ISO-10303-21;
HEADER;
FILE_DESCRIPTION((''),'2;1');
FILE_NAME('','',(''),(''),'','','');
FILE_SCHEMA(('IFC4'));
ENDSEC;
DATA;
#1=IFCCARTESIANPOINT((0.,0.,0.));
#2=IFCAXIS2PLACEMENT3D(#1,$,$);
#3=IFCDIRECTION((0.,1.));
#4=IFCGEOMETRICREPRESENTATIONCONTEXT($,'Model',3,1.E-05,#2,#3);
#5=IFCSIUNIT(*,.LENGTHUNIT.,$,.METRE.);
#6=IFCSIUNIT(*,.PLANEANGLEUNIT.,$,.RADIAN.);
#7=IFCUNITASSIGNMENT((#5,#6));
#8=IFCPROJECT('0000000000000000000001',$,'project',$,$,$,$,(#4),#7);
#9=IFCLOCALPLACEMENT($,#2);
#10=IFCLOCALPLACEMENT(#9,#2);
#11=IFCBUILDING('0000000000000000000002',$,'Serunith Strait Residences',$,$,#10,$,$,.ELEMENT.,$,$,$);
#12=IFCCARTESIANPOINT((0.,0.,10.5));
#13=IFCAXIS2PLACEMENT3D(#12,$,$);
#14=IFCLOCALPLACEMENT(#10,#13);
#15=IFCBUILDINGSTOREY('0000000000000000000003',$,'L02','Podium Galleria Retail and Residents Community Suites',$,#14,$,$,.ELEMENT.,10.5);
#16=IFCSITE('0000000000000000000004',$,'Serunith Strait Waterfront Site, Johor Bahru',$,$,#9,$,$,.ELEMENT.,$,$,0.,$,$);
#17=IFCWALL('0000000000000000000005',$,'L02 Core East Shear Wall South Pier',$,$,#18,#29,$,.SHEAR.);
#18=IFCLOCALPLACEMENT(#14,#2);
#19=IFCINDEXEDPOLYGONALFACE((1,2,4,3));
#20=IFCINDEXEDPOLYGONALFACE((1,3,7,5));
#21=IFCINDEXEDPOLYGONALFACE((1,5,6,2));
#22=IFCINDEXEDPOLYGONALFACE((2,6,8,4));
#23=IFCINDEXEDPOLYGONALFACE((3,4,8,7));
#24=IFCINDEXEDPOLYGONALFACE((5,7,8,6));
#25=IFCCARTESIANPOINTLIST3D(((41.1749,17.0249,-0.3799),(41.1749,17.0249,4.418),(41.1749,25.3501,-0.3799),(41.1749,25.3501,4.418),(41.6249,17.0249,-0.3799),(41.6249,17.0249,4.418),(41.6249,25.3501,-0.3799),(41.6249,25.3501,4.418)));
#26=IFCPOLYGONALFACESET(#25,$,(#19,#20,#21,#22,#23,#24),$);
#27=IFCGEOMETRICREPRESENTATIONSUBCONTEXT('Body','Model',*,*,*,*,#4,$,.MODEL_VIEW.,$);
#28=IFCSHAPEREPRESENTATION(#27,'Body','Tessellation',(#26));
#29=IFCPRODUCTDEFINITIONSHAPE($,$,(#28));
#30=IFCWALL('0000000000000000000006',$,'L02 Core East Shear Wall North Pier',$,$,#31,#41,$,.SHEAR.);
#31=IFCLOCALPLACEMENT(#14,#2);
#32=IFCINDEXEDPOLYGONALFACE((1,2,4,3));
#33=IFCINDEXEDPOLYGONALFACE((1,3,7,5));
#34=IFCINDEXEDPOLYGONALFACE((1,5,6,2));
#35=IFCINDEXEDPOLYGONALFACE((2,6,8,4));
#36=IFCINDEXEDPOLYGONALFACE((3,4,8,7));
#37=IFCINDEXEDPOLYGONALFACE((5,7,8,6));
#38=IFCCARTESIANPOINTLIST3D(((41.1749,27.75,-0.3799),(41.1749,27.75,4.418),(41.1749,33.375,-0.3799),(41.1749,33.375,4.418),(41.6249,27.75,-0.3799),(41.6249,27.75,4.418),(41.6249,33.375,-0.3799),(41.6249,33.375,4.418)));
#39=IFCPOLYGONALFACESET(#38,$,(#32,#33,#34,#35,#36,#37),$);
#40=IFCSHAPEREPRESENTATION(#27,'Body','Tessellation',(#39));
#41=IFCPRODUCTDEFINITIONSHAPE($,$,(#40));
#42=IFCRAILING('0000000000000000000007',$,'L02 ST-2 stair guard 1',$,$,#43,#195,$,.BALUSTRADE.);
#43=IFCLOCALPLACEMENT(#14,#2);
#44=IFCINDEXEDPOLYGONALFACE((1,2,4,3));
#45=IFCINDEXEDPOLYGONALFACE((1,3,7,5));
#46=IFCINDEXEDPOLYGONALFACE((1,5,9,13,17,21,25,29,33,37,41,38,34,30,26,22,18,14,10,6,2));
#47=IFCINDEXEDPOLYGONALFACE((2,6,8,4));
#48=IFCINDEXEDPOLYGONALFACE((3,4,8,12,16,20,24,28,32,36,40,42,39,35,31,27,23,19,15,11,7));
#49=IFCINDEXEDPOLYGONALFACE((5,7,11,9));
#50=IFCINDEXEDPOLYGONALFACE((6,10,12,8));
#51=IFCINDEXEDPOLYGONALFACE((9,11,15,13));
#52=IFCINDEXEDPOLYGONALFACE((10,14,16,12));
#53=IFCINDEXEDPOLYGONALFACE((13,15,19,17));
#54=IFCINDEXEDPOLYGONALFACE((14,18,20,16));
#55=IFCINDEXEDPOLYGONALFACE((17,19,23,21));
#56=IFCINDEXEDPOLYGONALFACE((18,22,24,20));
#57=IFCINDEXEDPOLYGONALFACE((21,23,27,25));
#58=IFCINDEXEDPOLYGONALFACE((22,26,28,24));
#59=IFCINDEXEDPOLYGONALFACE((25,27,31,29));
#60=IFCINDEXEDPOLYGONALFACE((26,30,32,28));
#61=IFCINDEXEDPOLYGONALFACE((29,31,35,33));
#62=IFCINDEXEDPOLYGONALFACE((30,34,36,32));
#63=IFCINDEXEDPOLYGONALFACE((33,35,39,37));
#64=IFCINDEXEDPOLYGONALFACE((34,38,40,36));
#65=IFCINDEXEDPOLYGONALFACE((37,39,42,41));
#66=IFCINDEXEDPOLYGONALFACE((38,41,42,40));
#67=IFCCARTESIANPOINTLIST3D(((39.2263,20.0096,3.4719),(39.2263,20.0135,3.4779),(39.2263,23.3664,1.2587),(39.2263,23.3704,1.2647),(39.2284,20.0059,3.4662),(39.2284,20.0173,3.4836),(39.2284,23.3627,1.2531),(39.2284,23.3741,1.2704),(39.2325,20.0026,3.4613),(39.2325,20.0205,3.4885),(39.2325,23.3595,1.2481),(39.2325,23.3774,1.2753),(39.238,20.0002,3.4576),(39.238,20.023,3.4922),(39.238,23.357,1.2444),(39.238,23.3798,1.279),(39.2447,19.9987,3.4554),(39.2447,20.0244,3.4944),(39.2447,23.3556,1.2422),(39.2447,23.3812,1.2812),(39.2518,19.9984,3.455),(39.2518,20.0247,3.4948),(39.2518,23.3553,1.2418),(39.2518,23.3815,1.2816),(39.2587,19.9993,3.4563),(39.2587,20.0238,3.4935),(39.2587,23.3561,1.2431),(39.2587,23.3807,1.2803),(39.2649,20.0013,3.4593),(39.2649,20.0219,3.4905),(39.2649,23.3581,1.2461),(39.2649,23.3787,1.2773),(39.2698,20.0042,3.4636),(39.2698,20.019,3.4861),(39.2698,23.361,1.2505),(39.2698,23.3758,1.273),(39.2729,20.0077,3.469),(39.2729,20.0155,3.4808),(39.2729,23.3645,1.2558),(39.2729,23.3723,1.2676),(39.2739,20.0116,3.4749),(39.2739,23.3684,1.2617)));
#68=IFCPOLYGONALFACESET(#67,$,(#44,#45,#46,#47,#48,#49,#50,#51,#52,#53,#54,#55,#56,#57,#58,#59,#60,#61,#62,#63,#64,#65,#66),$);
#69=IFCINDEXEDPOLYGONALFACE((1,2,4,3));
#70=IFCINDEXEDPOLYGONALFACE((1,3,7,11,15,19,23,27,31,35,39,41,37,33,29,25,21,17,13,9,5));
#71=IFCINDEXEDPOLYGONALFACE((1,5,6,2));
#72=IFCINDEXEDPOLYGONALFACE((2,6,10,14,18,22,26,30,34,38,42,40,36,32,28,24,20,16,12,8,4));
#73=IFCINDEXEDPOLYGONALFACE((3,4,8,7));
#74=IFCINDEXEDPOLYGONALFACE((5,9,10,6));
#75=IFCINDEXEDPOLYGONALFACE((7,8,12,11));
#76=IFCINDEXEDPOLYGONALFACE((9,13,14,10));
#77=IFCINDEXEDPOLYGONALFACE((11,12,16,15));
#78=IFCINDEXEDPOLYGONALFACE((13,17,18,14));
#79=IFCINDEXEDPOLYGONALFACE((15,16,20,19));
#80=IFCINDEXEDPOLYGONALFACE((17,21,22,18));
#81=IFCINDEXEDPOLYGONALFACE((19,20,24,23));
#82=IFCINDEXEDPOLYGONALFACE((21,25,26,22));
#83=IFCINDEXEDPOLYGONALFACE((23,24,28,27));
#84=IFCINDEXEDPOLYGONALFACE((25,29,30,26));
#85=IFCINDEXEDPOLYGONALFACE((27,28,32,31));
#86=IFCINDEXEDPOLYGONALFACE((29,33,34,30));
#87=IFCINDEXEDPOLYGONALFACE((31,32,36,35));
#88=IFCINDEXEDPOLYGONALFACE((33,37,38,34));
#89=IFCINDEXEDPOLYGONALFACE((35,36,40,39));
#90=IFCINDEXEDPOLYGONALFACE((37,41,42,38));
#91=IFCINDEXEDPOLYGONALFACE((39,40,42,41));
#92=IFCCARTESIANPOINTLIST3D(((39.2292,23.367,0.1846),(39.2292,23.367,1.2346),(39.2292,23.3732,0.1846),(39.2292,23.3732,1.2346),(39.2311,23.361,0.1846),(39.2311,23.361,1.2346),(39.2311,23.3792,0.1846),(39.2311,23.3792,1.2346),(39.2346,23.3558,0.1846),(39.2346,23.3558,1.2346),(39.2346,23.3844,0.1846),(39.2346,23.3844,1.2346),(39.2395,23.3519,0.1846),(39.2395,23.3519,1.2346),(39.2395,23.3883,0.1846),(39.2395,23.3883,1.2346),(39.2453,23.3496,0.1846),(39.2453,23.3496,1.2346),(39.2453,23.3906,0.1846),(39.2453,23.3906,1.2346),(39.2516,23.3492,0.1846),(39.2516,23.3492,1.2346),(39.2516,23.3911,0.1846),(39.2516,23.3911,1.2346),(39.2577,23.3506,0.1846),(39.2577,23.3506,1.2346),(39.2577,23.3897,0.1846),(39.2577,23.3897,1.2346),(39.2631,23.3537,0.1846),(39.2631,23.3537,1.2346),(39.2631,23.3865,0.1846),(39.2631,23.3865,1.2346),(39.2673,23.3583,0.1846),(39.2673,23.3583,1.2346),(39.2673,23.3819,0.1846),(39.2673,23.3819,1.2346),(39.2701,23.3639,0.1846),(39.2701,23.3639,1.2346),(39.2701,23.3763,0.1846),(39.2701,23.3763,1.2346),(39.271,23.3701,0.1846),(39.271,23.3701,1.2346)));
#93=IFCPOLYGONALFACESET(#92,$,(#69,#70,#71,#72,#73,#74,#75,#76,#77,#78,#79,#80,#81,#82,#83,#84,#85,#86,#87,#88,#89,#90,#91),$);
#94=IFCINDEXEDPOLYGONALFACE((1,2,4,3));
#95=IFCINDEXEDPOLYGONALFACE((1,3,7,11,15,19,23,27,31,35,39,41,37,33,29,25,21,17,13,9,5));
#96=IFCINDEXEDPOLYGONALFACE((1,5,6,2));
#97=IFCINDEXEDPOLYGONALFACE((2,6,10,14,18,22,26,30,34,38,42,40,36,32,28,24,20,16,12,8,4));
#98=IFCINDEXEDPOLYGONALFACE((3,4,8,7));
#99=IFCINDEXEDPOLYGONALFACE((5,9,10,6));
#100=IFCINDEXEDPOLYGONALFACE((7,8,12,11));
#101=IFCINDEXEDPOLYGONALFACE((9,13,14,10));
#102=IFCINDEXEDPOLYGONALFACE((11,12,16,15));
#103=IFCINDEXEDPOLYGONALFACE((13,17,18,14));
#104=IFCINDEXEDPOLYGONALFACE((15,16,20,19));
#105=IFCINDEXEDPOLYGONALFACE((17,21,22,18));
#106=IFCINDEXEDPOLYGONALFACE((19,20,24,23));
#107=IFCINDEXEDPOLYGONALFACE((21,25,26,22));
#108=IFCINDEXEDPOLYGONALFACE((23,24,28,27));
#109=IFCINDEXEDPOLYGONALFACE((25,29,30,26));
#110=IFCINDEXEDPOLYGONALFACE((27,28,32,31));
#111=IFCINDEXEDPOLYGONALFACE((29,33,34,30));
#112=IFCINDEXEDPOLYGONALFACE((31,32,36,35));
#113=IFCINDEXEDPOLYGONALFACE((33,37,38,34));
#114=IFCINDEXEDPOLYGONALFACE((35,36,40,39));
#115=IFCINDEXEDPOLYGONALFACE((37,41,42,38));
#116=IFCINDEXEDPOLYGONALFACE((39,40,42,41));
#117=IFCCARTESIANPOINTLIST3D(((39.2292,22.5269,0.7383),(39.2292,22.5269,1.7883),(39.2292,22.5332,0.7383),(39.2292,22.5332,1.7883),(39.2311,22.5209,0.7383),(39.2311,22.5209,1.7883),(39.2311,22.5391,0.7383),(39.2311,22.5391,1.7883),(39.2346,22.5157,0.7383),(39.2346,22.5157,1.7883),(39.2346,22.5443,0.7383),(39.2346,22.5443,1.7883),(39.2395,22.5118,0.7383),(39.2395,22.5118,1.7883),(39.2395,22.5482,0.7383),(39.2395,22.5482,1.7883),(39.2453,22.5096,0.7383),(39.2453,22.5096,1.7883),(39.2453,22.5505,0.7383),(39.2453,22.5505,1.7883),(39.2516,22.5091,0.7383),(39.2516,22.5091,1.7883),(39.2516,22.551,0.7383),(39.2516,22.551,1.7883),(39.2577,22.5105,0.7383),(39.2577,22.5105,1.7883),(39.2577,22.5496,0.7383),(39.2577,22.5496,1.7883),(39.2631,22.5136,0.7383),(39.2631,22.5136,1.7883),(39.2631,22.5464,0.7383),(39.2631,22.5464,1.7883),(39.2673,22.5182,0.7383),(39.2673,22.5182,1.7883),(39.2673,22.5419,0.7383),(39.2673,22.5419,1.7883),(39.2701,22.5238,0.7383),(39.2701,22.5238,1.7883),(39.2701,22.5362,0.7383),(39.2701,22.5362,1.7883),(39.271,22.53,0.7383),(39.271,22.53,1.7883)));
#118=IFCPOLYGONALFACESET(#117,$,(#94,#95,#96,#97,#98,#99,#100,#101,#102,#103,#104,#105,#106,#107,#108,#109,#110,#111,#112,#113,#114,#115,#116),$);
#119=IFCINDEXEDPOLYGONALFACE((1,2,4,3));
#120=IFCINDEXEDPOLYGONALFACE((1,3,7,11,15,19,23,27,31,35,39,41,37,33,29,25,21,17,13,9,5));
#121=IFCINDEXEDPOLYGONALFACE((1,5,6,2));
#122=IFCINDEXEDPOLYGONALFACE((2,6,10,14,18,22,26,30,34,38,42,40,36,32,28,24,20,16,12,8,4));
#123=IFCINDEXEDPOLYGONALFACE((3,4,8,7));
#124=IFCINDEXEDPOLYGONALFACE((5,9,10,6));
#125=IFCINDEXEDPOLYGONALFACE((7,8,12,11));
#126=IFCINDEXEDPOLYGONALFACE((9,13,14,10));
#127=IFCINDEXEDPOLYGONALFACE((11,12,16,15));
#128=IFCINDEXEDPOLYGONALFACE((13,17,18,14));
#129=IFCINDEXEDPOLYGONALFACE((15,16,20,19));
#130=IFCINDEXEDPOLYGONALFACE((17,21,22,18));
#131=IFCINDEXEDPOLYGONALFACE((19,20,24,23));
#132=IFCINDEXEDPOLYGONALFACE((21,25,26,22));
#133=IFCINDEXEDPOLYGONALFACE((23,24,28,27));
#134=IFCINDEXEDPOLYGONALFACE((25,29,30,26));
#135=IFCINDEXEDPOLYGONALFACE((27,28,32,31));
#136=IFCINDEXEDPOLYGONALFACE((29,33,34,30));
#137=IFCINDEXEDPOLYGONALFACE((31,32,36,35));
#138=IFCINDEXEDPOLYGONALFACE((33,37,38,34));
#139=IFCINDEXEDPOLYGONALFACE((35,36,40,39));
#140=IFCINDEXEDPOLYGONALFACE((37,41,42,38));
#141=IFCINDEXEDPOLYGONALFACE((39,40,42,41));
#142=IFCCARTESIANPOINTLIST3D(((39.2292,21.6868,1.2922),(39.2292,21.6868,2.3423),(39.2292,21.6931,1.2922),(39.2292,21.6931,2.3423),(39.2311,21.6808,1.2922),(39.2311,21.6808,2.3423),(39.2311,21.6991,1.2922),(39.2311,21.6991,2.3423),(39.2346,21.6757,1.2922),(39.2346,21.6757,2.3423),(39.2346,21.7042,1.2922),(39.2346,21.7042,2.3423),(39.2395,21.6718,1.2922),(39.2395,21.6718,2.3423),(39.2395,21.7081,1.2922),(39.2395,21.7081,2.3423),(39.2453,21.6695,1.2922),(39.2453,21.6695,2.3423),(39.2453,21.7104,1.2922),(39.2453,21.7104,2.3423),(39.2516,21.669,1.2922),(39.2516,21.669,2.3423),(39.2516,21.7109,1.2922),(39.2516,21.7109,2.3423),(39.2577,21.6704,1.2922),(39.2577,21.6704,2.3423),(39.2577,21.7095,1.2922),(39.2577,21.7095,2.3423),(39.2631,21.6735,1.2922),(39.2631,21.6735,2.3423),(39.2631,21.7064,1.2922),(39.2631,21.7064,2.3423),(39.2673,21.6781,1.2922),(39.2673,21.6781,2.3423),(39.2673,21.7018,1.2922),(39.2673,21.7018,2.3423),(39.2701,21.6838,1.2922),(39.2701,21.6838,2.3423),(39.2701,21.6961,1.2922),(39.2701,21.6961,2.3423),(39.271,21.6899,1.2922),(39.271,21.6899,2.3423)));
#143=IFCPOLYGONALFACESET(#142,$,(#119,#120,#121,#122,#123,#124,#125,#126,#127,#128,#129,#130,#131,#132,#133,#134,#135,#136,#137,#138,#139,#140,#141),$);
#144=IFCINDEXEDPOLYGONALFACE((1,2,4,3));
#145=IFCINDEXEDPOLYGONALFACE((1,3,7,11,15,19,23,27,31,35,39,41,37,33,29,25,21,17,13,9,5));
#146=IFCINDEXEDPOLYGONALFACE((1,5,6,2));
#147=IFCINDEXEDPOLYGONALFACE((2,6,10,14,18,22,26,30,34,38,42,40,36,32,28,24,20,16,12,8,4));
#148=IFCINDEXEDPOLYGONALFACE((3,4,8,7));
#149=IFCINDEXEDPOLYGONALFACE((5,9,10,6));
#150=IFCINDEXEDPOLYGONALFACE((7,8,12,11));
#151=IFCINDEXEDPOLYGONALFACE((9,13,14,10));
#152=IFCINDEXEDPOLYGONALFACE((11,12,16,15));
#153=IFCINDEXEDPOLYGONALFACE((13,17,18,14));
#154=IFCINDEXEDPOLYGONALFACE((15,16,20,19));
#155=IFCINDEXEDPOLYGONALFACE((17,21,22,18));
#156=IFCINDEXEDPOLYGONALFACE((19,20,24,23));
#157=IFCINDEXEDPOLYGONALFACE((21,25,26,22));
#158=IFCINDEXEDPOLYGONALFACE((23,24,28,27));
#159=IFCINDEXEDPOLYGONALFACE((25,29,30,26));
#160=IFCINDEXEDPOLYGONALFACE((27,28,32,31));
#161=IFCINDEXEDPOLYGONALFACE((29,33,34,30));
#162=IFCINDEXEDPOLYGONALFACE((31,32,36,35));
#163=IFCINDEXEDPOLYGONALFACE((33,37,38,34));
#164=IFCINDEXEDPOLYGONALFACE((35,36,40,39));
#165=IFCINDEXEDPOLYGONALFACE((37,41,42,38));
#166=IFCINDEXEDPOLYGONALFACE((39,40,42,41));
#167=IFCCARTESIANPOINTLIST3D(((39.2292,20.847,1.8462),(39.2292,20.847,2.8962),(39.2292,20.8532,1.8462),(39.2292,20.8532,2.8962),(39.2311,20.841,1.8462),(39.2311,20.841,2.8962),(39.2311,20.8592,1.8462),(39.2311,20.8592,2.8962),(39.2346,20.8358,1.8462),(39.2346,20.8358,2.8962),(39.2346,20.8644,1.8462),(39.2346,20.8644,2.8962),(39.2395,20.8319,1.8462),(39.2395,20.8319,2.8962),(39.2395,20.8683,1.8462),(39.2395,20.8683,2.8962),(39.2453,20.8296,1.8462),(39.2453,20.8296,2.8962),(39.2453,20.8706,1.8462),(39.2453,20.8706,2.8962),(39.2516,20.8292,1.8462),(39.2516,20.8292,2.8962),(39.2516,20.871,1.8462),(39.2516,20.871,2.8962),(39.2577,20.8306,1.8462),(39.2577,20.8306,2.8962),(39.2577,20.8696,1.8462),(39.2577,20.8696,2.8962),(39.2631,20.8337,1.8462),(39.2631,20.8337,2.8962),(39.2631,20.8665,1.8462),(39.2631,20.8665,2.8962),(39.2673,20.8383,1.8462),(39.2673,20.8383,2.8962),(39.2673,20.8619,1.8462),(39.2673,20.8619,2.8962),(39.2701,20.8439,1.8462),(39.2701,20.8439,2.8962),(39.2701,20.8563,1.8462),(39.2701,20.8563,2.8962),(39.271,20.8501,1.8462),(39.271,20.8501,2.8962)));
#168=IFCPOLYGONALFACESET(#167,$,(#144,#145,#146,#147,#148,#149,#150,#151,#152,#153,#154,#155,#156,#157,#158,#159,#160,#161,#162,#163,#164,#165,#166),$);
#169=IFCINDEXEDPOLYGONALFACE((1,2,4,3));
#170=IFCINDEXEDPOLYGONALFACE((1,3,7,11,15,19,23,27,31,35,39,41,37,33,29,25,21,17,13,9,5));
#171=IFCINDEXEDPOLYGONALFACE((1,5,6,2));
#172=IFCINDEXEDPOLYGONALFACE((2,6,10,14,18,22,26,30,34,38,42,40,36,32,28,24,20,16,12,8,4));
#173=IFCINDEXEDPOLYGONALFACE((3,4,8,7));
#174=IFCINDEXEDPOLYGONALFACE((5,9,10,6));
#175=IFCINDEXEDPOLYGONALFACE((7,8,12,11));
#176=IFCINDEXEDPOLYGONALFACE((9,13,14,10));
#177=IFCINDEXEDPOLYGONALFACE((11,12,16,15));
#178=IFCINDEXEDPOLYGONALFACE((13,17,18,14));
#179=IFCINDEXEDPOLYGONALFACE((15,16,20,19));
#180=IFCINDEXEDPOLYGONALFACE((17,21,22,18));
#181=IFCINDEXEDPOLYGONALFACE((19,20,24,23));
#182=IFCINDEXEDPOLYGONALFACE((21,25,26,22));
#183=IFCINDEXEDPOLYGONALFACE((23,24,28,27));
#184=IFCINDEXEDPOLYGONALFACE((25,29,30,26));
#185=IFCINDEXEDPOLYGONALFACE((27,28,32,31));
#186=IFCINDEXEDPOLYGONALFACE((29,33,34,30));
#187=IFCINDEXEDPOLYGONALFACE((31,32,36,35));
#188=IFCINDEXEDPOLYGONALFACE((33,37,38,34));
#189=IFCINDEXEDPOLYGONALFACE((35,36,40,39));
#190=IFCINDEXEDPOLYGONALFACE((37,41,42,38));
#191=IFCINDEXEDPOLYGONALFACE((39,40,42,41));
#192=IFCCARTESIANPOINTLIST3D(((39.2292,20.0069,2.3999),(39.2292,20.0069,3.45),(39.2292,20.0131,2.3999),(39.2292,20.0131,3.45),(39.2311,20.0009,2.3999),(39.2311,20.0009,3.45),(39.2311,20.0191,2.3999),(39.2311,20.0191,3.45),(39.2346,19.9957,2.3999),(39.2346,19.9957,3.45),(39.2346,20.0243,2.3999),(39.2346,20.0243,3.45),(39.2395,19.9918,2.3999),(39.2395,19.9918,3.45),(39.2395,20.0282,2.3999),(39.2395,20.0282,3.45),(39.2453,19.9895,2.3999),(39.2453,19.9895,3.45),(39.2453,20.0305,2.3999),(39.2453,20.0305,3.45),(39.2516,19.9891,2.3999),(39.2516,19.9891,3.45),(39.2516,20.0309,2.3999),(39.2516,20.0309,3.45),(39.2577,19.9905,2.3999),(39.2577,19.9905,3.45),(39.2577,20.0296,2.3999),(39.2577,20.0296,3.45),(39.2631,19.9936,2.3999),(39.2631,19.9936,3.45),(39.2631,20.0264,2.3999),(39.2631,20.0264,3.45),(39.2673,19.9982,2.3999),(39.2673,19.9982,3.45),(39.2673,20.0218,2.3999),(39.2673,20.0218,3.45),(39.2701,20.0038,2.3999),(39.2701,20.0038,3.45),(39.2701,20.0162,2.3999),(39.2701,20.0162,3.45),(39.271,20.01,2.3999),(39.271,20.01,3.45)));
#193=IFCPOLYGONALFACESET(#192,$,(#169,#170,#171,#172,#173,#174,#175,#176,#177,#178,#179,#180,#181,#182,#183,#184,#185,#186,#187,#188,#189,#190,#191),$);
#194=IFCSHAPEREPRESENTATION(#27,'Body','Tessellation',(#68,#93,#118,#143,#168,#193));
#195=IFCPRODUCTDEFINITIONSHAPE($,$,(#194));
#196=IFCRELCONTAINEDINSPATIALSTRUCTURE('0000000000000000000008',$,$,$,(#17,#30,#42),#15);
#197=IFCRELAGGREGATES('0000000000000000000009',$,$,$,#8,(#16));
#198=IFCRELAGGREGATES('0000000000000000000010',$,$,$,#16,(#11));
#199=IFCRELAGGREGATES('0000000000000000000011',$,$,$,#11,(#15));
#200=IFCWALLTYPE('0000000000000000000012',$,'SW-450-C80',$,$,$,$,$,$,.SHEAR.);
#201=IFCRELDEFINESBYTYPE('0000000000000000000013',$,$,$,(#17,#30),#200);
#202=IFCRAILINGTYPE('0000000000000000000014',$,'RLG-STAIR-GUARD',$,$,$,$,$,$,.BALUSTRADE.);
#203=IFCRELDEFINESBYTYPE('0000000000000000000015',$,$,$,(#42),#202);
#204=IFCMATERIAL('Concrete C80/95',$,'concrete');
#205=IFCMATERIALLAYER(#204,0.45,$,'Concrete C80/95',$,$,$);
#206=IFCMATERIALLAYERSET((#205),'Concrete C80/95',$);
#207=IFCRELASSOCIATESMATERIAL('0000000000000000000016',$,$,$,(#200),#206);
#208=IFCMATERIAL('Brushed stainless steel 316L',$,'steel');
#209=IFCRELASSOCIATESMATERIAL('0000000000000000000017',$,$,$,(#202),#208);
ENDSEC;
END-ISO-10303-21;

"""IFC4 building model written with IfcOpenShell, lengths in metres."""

from ifc_helpers import new_model, si_unit, direction, frame, frame_2d, origin, origin_2d, place, context, subcontext, project, spatial, rectangle, circle, extrude, material, layer, layer_set, type_object, element, save


model = new_model("IFC4")

# Units and contexts
model_context = context("Model", 3, precision=1e-05, world=origin(), true_north=direction((0.0, 1.0)))
body_context = subcontext(model_context, "Body", "Model", "MODEL_VIEW")
ifc_project = project(units=[si_unit("LENGTHUNIT", "METRE"), si_unit("PLANEANGLEUNIT", "RADIAN")], contexts=[model_context])

# Site, building, storey
site_placement = place(None, origin())
site = spatial("IfcSite", under=ifc_project, at=site_placement, Name="Serunith Strait Waterfront Site, Johor Bahru", CompositionType="ELEMENT", RefElevation=0.0)
building_placement = place(site_placement, origin())
building = spatial("IfcBuilding", under=site, at=building_placement, Name="Serunith Strait Residences", CompositionType="ELEMENT")
storey_placement = place(building_placement, frame((0.0, 0.0, 10.5)))
storey = spatial("IfcBuildingStorey", under=building, at=storey_placement, Name="L02", Description="Podium Galleria Retail and Residents Community Suites", CompositionType="ELEMENT", Elevation=10.5)

# Walls
ifc_material_1 = material(Name="Concrete C80/95", Category="concrete")
ifc_layer_1 = layer(ifc_material_1, 0.45, Name="Concrete C80/95")
ifc_layer_set_1 = layer_set([ifc_layer_1], Name="Concrete C80/95")
wall_type_1 = type_object("IfcWallType", Name="SW-450-C80", PredefinedType="SHEAR", material=ifc_layer_set_1)
wall_1_placement = place(storey_placement, frame((41.3999, 17.0249, -0.3799), z_axis=(0.0, 0.0, 1.0), x_axis=(0.0, 1.0, 0.0)))
element("IfcWall", 1, at=wall_1_placement, inside=storey, type_object=wall_type_1, Name="L02 Core East Shear Wall South Pier", PredefinedType="SHEAR", context=body_context, shape_type="SweptSolid", body=[
    extrude(rectangle(XDim=8.3252, YDim=0.45, at=frame_2d((4.1626, 0.0))), origin(), (0.0, 0.0, 1.0), 4.7979),
])
wall_2_placement = place(storey_placement, frame((41.3999, 27.75, -0.3799), z_axis=(0.0, 0.0, 1.0), x_axis=(0.0, 1.0, 0.0)))
element("IfcWall", 2, at=wall_2_placement, inside=storey, type_object=wall_type_1, Name="L02 Core East Shear Wall North Pier", PredefinedType="SHEAR", context=body_context, shape_type="SweptSolid", body=[
    extrude(rectangle(XDim=5.625, YDim=0.45, at=frame_2d((2.8125, 0.0))), origin(), (0.0, 0.0, 1.0), 4.7979),
])

# Railing
ifc_material_2 = material(Name="Brushed stainless steel 316L", Category="steel")
railing_type_1 = type_object("IfcRailingType", Name="RLG-STAIR-GUARD", PredefinedType="BALUSTRADE", material=ifc_material_2)
railing_1_placement = place(storey_placement, frame((39.25, 23.3701, 0.1846)))
element("IfcRailing", 3, at=railing_1_placement, inside=storey, type_object=railing_type_1, Name="L02 ST-2 stair guard 1", PredefinedType="BALUSTRADE", context=body_context, shape_type="SweptSolid", body=[
    extrude(circle(Radius=0.0239, at=origin_2d()), frame((0.0, -0.0017, 1.0771), z_axis=(0.0, -0.834876, 0.550437), x_axis=(1.0, 0.0, 0.0)), (0.0, 0.0, 1.0), 4.0208),
    extrude(circle(Radius=0.021, at=origin_2d()), origin(), (0.0, 0.0, 1.0), 1.05),
    extrude(circle(Radius=0.021, at=origin_2d()), frame((0.0, -0.8401, 0.5537)), (0.0, 0.0, 1.0), 1.05),
    extrude(circle(Radius=0.021, at=origin_2d()), frame((0.0, -1.6802, 1.1077)), (0.0, 0.0, 1.0), 1.05),
    extrude(circle(Radius=0.021, at=origin_2d()), frame((0.0, -2.52, 1.6616)), (0.0, 0.0, 1.0), 1.05),
    extrude(circle(Radius=0.021, at=origin_2d()), frame((0.0, -3.3601, 2.2153)), (0.0, 0.0, 1.0), 1.05),
])

save(model, "model.ifc")
